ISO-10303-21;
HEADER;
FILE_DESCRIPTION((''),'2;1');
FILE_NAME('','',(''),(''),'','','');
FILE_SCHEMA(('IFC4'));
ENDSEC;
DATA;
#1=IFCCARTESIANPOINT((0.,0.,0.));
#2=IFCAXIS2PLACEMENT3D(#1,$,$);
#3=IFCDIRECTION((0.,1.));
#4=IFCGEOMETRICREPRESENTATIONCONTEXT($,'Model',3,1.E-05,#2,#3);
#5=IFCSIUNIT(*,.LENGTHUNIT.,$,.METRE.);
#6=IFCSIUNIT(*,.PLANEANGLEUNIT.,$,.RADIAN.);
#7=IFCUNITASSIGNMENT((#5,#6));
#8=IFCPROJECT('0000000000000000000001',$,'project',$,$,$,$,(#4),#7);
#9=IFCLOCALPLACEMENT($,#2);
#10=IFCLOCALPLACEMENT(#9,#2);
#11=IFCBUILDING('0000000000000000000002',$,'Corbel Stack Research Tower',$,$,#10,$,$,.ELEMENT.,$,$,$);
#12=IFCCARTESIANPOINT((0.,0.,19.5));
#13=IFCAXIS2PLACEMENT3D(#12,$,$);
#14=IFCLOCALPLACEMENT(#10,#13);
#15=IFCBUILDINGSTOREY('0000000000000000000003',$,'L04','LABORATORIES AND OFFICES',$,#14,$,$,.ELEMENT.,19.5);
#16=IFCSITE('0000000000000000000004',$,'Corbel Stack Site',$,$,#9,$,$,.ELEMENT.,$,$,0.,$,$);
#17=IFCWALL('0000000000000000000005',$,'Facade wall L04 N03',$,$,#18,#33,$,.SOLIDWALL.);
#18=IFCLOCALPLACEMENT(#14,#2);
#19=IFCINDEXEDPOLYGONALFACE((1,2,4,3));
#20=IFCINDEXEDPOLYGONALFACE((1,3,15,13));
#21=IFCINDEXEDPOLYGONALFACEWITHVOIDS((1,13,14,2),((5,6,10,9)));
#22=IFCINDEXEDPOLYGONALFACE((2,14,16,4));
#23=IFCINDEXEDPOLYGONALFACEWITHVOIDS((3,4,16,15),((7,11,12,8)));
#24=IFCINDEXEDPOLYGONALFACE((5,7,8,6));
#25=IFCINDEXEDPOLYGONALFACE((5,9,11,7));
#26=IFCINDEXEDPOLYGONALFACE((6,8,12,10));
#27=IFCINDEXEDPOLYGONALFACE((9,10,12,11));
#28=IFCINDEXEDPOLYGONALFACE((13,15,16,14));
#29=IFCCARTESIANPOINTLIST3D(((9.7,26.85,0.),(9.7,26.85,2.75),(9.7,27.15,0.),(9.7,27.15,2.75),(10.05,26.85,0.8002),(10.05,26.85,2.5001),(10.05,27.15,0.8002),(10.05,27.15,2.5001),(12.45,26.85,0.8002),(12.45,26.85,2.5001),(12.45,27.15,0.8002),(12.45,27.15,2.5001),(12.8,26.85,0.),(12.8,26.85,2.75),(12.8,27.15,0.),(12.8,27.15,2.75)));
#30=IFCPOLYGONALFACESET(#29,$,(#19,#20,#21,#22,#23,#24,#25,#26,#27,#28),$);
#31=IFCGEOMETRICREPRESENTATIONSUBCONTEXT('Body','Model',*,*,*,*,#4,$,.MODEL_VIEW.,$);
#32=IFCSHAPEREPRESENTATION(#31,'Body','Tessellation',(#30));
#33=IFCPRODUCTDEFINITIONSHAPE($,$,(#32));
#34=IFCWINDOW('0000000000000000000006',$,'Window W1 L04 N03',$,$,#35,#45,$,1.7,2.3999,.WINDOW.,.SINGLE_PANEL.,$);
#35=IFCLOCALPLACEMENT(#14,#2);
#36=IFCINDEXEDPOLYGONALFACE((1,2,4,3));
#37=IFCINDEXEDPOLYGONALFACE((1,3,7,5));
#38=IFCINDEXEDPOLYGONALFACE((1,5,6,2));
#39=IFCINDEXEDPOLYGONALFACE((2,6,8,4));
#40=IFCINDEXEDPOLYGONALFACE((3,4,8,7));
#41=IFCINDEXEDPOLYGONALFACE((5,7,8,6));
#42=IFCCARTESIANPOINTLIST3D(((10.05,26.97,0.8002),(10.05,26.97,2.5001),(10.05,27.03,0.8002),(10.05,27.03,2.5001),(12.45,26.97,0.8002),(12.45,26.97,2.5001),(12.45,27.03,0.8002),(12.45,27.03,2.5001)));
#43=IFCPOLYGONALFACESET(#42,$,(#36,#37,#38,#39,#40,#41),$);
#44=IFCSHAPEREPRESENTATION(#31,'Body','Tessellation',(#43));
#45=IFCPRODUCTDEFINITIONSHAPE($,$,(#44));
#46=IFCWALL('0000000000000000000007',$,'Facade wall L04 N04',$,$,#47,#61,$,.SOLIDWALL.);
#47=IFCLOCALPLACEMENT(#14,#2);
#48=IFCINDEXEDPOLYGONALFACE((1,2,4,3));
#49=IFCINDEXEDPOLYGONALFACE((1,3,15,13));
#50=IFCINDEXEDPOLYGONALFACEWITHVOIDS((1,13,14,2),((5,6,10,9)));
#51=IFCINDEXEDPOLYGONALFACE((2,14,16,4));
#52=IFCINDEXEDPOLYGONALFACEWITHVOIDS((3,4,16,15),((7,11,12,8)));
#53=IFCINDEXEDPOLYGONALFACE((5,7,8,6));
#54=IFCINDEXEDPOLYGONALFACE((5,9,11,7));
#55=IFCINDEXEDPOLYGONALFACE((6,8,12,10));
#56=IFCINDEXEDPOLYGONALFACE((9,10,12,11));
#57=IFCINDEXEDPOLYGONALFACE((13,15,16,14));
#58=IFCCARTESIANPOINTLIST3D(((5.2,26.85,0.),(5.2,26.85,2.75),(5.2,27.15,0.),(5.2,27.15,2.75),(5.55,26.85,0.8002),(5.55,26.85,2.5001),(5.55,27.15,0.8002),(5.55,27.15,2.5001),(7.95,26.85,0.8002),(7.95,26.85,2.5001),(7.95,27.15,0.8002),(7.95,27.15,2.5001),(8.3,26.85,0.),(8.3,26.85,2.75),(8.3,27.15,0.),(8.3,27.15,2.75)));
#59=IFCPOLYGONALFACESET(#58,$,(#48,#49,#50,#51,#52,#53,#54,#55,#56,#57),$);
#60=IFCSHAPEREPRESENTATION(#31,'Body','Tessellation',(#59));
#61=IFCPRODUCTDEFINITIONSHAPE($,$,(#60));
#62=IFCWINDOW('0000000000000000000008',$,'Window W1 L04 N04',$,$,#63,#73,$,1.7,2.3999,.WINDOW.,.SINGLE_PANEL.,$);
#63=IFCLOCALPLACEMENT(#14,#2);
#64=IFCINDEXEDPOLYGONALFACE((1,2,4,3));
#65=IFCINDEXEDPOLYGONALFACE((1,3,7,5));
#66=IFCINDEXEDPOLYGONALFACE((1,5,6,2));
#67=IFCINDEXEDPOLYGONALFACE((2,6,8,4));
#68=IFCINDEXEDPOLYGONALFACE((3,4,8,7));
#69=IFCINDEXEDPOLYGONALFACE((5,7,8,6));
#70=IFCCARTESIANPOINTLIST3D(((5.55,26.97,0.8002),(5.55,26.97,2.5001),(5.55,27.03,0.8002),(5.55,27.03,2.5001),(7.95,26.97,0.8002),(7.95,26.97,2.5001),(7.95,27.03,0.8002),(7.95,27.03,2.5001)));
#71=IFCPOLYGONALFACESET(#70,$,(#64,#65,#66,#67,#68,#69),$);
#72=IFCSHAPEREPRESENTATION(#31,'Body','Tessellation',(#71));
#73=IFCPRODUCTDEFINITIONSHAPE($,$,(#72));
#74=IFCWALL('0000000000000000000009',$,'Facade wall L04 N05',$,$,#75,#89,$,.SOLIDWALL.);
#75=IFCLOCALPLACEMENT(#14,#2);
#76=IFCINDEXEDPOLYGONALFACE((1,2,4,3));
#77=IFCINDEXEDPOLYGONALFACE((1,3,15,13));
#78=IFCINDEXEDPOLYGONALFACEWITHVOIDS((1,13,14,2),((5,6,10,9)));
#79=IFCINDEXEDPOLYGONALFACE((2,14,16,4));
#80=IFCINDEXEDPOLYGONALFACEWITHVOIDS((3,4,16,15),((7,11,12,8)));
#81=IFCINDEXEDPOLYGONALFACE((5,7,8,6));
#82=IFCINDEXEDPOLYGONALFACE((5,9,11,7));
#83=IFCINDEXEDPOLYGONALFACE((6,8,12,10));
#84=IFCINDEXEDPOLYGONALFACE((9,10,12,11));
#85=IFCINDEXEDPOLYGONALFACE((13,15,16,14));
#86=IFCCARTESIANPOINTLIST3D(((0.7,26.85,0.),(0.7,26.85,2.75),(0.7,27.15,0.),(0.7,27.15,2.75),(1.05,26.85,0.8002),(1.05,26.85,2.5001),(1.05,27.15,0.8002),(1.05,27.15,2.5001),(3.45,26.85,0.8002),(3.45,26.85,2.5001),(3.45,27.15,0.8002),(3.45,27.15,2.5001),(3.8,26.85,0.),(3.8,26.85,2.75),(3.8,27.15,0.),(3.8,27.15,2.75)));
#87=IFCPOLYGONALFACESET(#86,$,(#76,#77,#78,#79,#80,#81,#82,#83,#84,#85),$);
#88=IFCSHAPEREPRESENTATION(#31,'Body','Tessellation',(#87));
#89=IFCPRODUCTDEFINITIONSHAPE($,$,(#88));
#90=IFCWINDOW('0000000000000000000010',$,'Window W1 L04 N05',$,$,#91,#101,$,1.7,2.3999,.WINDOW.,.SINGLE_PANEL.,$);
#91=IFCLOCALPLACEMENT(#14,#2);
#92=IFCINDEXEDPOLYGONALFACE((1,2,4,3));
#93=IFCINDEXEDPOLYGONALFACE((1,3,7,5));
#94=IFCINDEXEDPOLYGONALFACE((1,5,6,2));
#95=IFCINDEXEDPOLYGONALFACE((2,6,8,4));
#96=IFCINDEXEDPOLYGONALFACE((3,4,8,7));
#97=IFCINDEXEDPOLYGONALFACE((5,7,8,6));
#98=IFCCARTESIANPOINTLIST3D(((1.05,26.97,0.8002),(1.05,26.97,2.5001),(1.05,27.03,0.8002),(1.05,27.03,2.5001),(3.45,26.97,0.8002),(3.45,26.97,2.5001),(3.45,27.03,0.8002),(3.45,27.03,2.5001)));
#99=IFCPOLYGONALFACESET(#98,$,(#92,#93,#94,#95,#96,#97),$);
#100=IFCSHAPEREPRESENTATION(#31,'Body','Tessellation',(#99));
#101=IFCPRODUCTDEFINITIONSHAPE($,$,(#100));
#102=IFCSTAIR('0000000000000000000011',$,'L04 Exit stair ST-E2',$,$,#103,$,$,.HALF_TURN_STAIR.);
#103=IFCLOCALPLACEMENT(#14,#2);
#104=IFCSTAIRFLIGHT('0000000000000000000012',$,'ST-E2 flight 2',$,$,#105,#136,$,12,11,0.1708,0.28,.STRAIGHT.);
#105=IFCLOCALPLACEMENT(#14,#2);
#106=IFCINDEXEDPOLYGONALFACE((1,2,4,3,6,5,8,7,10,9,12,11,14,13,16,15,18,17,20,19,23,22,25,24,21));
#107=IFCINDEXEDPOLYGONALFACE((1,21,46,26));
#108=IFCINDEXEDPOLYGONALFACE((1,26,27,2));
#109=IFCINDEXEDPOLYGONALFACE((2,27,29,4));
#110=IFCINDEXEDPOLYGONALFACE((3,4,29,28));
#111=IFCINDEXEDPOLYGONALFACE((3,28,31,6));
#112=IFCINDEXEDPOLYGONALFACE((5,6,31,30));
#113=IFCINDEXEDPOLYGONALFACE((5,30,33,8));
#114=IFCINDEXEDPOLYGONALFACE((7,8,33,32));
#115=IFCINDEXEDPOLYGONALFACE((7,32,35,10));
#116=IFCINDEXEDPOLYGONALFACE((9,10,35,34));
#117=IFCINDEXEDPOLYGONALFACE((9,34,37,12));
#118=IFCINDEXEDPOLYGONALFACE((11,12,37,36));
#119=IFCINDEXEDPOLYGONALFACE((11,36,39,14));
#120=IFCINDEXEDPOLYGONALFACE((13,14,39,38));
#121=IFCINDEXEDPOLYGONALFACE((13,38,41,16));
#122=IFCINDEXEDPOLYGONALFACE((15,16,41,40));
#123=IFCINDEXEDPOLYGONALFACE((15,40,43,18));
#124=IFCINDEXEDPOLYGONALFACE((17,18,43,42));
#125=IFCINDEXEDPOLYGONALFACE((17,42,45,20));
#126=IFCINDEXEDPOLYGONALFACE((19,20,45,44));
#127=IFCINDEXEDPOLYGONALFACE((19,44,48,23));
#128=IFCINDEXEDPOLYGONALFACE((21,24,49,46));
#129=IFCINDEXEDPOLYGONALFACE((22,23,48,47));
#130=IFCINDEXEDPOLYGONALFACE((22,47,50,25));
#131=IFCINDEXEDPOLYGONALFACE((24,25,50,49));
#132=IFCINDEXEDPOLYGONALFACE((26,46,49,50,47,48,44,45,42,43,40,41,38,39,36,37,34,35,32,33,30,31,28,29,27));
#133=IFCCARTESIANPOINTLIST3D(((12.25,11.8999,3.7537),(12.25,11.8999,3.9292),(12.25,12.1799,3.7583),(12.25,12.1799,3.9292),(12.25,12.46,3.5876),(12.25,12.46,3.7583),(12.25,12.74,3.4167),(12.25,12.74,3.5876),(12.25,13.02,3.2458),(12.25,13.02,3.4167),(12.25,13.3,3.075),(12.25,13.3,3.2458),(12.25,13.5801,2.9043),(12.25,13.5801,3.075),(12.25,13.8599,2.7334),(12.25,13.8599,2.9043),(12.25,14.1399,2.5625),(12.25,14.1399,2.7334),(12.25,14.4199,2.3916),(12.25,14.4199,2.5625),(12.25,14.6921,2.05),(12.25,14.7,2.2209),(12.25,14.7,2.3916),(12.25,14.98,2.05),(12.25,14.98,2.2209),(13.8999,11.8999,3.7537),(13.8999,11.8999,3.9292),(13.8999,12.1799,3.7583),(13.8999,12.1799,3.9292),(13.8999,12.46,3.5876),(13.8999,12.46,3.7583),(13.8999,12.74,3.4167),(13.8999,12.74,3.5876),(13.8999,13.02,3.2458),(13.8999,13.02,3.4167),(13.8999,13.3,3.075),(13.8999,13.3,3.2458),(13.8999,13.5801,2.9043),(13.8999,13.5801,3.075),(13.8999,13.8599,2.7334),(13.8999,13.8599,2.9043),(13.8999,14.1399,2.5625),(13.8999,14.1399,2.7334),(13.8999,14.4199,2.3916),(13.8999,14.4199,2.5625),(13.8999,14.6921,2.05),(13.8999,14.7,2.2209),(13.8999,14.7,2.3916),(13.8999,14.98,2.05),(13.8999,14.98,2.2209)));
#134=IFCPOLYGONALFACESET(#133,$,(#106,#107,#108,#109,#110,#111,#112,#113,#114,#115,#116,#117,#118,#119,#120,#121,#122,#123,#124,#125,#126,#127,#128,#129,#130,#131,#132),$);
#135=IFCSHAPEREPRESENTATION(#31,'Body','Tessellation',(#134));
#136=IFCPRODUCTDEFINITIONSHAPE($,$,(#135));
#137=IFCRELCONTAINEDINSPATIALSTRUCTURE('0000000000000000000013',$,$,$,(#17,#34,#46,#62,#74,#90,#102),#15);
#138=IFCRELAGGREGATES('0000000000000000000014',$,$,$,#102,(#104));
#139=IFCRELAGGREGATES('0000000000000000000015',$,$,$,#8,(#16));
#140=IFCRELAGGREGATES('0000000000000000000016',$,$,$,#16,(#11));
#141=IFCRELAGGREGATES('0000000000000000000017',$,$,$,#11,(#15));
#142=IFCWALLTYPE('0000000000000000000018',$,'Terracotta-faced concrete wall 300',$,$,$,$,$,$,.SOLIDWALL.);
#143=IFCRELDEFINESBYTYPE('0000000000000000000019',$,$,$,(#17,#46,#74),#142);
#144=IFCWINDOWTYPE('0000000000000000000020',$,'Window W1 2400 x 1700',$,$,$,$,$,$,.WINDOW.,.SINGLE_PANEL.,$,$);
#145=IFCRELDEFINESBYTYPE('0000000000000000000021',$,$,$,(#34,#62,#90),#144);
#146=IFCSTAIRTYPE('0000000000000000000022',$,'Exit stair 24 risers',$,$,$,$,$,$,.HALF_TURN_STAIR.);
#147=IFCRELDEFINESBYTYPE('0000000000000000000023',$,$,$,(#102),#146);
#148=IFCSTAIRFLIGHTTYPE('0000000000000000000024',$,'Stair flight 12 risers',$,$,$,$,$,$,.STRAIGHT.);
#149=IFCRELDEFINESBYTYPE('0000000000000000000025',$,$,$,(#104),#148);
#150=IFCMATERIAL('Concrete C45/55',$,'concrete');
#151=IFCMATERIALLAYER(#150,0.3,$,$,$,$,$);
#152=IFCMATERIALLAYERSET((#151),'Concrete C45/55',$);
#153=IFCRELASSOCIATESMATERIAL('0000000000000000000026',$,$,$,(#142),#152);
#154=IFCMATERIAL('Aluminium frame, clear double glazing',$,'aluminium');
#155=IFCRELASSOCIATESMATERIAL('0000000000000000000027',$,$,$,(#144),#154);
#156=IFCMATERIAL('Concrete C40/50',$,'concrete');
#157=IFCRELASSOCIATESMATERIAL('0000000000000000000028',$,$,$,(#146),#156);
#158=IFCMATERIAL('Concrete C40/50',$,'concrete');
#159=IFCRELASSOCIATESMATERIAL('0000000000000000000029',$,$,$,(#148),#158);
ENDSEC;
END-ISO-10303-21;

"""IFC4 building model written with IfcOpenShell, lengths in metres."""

from ifc_helpers import new_model, si_unit, direction, frame, frame_2d, origin, place, context, subcontext, project, spatial, polyline, rectangle, outline, extrude, material, layer, layer_set, type_object, element, fill, aggregate, save


model = new_model("IFC4")

# Units and contexts
model_context = context("Model", 3, precision=1e-05, world=origin(), true_north=direction((0.0, 1.0)))
body_context = subcontext(model_context, "Body", "Model", "MODEL_VIEW")
ifc_project = project(units=[si_unit("LENGTHUNIT", "METRE"), si_unit("PLANEANGLEUNIT", "RADIAN")], contexts=[model_context])

# Site, building, storey
site_placement = place(None, origin())
site = spatial("IfcSite", under=ifc_project, at=site_placement, Name="Corbel Stack Site", CompositionType="ELEMENT", RefElevation=0.0)
building_placement = place(site_placement, origin())
building = spatial("IfcBuilding", under=site, at=building_placement, Name="Corbel Stack Research Tower", CompositionType="ELEMENT")
storey_placement = place(building_placement, frame((0.0, 0.0, 19.5)))
storey = spatial("IfcBuildingStorey", under=building, at=storey_placement, Name="L04", Description="LABORATORIES AND OFFICES", CompositionType="ELEMENT", Elevation=19.5)

# Walls, openings, windows
ifc_material_1 = material(Name="Concrete C45/55", Category="concrete")
ifc_layer_1 = layer(ifc_material_1, 0.3)
ifc_layer_set_1 = layer_set([ifc_layer_1], Name="Concrete C45/55")
wall_type_1 = type_object("IfcWallType", Name="Terracotta-faced concrete wall 300", PredefinedType="SOLIDWALL", material=ifc_layer_set_1)
wall_1_placement = place(storey_placement, frame((9.7, 27.0, 0.0), z_axis=(0.0, 0.0, 1.0), x_axis=(1.0, 0.0, 0.0)))
wall_1 = element("IfcWall", 1, at=wall_1_placement, inside=storey, type_object=wall_type_1, Name="Facade wall L04 N03", PredefinedType="SOLIDWALL", context=body_context, shape_type="SweptSolid", body=[
    extrude(rectangle(XDim=3.1001, YDim=0.3, at=frame_2d((1.55, 0.0))), origin(), (0.0, 0.0, 1.0), 2.75),
])
opening_1_placement = place(wall_1_placement, frame((0.3501, 0.0, 0.8)))
opening_1 = element("IfcOpeningElement", 2, at=opening_1_placement, cuts=wall_1, PredefinedType="OPENING", context=body_context, shape_type="SweptSolid", body=[
    extrude(rectangle(XDim=2.3999, YDim=1.7, at=frame_2d((1.2, 0.8501))), frame((0.0, 0.1599, 0.0), z_axis=(0.0, -1.0, 0.0), x_axis=(1.0, 0.0, 0.0)), (0.0, 0.0, 1.0), 0.3201),
])
ifc_material_2 = material(Name="Aluminium frame, clear double glazing", Category="aluminium")
window_type = type_object("IfcWindowType", Name="Window W1 2400 x 1700", PartitioningType="SINGLE_PANEL", PredefinedType="WINDOW", material=ifc_material_2)
window_1_placement = place(opening_1_placement, origin())
window_1 = element("IfcWindow", 3, at=window_1_placement, inside=storey, type_object=window_type, Name="Window W1 L04 N03", OverallHeight=1.7, OverallWidth=2.3999, PartitioningType="SINGLE_PANEL", PredefinedType="WINDOW", context=body_context, shape_type="SweptSolid", body=[
    extrude(rectangle(XDim=2.3999, YDim=1.7, at=frame_2d((1.2, 0.8501))), frame((0.0, 0.03, 0.0), z_axis=(0.0, -1.0, 0.0), x_axis=(1.0, 0.0, 0.0)), (0.0, 0.0, 1.0), 0.0601),
])
fill(opening_1, window_1)
wall_2_placement = place(storey_placement, frame((5.2, 27.0, 0.0), z_axis=(0.0, 0.0, 1.0), x_axis=(1.0, 0.0, 0.0)))
wall_2 = element("IfcWall", 4, at=wall_2_placement, inside=storey, type_object=wall_type_1, Name="Facade wall L04 N04", PredefinedType="SOLIDWALL", context=body_context, shape_type="SweptSolid", body=[
    extrude(rectangle(XDim=3.1001, YDim=0.3, at=frame_2d((1.55, 0.0))), origin(), (0.0, 0.0, 1.0), 2.75),
])
opening_2_placement = place(wall_2_placement, frame((0.3501, 0.0, 0.8)))
opening_2 = element("IfcOpeningElement", 5, at=opening_2_placement, cuts=wall_2, PredefinedType="OPENING", context=body_context, shape_type="SweptSolid", body=[
    extrude(rectangle(XDim=2.3999, YDim=1.7, at=frame_2d((1.2, 0.8501))), frame((0.0, 0.1599, 0.0), z_axis=(0.0, -1.0, 0.0), x_axis=(1.0, 0.0, 0.0)), (0.0, 0.0, 1.0), 0.3201),
])
window_2_placement = place(opening_2_placement, origin())
window_2 = element("IfcWindow", 6, at=window_2_placement, inside=storey, type_object=window_type, Name="Window W1 L04 N04", OverallHeight=1.7, OverallWidth=2.3999, PartitioningType="SINGLE_PANEL", PredefinedType="WINDOW", context=body_context, shape_type="SweptSolid", body=[
    extrude(rectangle(XDim=2.3999, YDim=1.7, at=frame_2d((1.2, 0.8501))), frame((0.0, 0.03, 0.0), z_axis=(0.0, -1.0, 0.0), x_axis=(1.0, 0.0, 0.0)), (0.0, 0.0, 1.0), 0.0601),
])
fill(opening_2, window_2)
wall_3_placement = place(storey_placement, frame((0.7, 27.0, 0.0), z_axis=(0.0, 0.0, 1.0), x_axis=(1.0, 0.0, 0.0)))
wall_3 = element("IfcWall", 7, at=wall_3_placement, inside=storey, type_object=wall_type_1, Name="Facade wall L04 N05", PredefinedType="SOLIDWALL", context=body_context, shape_type="SweptSolid", body=[
    extrude(rectangle(XDim=3.1001, YDim=0.3, at=frame_2d((1.55, 0.0))), origin(), (0.0, 0.0, 1.0), 2.75),
])
opening_3_placement = place(wall_3_placement, frame((0.3501, 0.0, 0.8)))
opening_3 = element("IfcOpeningElement", 8, at=opening_3_placement, cuts=wall_3, PredefinedType="OPENING", context=body_context, shape_type="SweptSolid", body=[
    extrude(rectangle(XDim=2.3999, YDim=1.7, at=frame_2d((1.2, 0.8501))), frame((0.0, 0.1599, 0.0), z_axis=(0.0, -1.0, 0.0), x_axis=(1.0, 0.0, 0.0)), (0.0, 0.0, 1.0), 0.3201),
])
window_3_placement = place(opening_3_placement, origin())
window_3 = element("IfcWindow", 9, at=window_3_placement, inside=storey, type_object=window_type, Name="Window W1 L04 N05", OverallHeight=1.7, OverallWidth=2.3999, PartitioningType="SINGLE_PANEL", PredefinedType="WINDOW", context=body_context, shape_type="SweptSolid", body=[
    extrude(rectangle(XDim=2.3999, YDim=1.7, at=frame_2d((1.2, 0.8501))), frame((0.0, 0.03, 0.0), z_axis=(0.0, -1.0, 0.0), x_axis=(1.0, 0.0, 0.0)), (0.0, 0.0, 1.0), 0.0601),
])
fill(opening_3, window_3)

# Stair, stair flight
ifc_material_3 = material(Name="Concrete C40/50", Category="concrete")
stair_type = type_object("IfcStairType", Name="Exit stair 24 risers", PredefinedType="HALF_TURN_STAIR", material=ifc_material_3)
stair_placement = place(storey_placement, origin())
stair = element("IfcStair", 10, at=stair_placement, inside=storey, type_object=stair_type, Name="L04 Exit stair ST-E2", PredefinedType="HALF_TURN_STAIR")
ifc_material_4 = material(Name="Concrete C40/50", Category="concrete")
stair_flight_type = type_object("IfcStairFlightType", Name="Stair flight 12 risers", PredefinedType="STRAIGHT", material=ifc_material_4)
stair_flight_placement = place(storey_placement, frame((13.075, 14.98, 2.05), z_axis=(0.0, 0.0, 1.0), x_axis=(0.0, -1.0, 0.0)))
stair_flight = element("IfcStairFlight", 11, at=stair_flight_placement, type_object=stair_flight_type, Name="ST-E2 flight 2", NumberOfRisers=12, NumberOfTreads=11, PredefinedType="STRAIGHT", RiserHeight=0.1708, TreadLength=0.28, context=body_context, shape_type="SweptSolid", body=[
    extrude(outline(polyline([(0.0, 0.0), (0.0, 0.1709), (0.28, 0.1709), (0.28, 0.3416), (0.5601, 0.3416), (0.5601, 0.5125), (0.8401, 0.5125), (0.8401, 0.6833), (1.1201, 0.6833), (1.1201, 0.8542), (1.3999, 0.8542), (1.3999, 1.0249), (1.6799, 1.0249), (1.6799, 1.1958), (1.96, 1.1958), (1.96, 1.3667), (2.24, 1.3667), (2.24, 1.5376), (2.52, 1.5376), (2.52, 1.7083), (2.8, 1.7083), (2.8, 1.8792), (3.0801, 1.8792), (3.0801, 2.05), (3.0801, 1.7036), (0.2878, 0.0), (0.0, 0.0)])), frame((0.0, 0.825, 0.0), z_axis=(0.0, -1.0, 0.0), x_axis=(1.0, 0.0, 0.0)), (0.0, 0.0, 1.0), 1.6499),
])
aggregate(stair, [stair_flight])

save(model, "model.ifc")
